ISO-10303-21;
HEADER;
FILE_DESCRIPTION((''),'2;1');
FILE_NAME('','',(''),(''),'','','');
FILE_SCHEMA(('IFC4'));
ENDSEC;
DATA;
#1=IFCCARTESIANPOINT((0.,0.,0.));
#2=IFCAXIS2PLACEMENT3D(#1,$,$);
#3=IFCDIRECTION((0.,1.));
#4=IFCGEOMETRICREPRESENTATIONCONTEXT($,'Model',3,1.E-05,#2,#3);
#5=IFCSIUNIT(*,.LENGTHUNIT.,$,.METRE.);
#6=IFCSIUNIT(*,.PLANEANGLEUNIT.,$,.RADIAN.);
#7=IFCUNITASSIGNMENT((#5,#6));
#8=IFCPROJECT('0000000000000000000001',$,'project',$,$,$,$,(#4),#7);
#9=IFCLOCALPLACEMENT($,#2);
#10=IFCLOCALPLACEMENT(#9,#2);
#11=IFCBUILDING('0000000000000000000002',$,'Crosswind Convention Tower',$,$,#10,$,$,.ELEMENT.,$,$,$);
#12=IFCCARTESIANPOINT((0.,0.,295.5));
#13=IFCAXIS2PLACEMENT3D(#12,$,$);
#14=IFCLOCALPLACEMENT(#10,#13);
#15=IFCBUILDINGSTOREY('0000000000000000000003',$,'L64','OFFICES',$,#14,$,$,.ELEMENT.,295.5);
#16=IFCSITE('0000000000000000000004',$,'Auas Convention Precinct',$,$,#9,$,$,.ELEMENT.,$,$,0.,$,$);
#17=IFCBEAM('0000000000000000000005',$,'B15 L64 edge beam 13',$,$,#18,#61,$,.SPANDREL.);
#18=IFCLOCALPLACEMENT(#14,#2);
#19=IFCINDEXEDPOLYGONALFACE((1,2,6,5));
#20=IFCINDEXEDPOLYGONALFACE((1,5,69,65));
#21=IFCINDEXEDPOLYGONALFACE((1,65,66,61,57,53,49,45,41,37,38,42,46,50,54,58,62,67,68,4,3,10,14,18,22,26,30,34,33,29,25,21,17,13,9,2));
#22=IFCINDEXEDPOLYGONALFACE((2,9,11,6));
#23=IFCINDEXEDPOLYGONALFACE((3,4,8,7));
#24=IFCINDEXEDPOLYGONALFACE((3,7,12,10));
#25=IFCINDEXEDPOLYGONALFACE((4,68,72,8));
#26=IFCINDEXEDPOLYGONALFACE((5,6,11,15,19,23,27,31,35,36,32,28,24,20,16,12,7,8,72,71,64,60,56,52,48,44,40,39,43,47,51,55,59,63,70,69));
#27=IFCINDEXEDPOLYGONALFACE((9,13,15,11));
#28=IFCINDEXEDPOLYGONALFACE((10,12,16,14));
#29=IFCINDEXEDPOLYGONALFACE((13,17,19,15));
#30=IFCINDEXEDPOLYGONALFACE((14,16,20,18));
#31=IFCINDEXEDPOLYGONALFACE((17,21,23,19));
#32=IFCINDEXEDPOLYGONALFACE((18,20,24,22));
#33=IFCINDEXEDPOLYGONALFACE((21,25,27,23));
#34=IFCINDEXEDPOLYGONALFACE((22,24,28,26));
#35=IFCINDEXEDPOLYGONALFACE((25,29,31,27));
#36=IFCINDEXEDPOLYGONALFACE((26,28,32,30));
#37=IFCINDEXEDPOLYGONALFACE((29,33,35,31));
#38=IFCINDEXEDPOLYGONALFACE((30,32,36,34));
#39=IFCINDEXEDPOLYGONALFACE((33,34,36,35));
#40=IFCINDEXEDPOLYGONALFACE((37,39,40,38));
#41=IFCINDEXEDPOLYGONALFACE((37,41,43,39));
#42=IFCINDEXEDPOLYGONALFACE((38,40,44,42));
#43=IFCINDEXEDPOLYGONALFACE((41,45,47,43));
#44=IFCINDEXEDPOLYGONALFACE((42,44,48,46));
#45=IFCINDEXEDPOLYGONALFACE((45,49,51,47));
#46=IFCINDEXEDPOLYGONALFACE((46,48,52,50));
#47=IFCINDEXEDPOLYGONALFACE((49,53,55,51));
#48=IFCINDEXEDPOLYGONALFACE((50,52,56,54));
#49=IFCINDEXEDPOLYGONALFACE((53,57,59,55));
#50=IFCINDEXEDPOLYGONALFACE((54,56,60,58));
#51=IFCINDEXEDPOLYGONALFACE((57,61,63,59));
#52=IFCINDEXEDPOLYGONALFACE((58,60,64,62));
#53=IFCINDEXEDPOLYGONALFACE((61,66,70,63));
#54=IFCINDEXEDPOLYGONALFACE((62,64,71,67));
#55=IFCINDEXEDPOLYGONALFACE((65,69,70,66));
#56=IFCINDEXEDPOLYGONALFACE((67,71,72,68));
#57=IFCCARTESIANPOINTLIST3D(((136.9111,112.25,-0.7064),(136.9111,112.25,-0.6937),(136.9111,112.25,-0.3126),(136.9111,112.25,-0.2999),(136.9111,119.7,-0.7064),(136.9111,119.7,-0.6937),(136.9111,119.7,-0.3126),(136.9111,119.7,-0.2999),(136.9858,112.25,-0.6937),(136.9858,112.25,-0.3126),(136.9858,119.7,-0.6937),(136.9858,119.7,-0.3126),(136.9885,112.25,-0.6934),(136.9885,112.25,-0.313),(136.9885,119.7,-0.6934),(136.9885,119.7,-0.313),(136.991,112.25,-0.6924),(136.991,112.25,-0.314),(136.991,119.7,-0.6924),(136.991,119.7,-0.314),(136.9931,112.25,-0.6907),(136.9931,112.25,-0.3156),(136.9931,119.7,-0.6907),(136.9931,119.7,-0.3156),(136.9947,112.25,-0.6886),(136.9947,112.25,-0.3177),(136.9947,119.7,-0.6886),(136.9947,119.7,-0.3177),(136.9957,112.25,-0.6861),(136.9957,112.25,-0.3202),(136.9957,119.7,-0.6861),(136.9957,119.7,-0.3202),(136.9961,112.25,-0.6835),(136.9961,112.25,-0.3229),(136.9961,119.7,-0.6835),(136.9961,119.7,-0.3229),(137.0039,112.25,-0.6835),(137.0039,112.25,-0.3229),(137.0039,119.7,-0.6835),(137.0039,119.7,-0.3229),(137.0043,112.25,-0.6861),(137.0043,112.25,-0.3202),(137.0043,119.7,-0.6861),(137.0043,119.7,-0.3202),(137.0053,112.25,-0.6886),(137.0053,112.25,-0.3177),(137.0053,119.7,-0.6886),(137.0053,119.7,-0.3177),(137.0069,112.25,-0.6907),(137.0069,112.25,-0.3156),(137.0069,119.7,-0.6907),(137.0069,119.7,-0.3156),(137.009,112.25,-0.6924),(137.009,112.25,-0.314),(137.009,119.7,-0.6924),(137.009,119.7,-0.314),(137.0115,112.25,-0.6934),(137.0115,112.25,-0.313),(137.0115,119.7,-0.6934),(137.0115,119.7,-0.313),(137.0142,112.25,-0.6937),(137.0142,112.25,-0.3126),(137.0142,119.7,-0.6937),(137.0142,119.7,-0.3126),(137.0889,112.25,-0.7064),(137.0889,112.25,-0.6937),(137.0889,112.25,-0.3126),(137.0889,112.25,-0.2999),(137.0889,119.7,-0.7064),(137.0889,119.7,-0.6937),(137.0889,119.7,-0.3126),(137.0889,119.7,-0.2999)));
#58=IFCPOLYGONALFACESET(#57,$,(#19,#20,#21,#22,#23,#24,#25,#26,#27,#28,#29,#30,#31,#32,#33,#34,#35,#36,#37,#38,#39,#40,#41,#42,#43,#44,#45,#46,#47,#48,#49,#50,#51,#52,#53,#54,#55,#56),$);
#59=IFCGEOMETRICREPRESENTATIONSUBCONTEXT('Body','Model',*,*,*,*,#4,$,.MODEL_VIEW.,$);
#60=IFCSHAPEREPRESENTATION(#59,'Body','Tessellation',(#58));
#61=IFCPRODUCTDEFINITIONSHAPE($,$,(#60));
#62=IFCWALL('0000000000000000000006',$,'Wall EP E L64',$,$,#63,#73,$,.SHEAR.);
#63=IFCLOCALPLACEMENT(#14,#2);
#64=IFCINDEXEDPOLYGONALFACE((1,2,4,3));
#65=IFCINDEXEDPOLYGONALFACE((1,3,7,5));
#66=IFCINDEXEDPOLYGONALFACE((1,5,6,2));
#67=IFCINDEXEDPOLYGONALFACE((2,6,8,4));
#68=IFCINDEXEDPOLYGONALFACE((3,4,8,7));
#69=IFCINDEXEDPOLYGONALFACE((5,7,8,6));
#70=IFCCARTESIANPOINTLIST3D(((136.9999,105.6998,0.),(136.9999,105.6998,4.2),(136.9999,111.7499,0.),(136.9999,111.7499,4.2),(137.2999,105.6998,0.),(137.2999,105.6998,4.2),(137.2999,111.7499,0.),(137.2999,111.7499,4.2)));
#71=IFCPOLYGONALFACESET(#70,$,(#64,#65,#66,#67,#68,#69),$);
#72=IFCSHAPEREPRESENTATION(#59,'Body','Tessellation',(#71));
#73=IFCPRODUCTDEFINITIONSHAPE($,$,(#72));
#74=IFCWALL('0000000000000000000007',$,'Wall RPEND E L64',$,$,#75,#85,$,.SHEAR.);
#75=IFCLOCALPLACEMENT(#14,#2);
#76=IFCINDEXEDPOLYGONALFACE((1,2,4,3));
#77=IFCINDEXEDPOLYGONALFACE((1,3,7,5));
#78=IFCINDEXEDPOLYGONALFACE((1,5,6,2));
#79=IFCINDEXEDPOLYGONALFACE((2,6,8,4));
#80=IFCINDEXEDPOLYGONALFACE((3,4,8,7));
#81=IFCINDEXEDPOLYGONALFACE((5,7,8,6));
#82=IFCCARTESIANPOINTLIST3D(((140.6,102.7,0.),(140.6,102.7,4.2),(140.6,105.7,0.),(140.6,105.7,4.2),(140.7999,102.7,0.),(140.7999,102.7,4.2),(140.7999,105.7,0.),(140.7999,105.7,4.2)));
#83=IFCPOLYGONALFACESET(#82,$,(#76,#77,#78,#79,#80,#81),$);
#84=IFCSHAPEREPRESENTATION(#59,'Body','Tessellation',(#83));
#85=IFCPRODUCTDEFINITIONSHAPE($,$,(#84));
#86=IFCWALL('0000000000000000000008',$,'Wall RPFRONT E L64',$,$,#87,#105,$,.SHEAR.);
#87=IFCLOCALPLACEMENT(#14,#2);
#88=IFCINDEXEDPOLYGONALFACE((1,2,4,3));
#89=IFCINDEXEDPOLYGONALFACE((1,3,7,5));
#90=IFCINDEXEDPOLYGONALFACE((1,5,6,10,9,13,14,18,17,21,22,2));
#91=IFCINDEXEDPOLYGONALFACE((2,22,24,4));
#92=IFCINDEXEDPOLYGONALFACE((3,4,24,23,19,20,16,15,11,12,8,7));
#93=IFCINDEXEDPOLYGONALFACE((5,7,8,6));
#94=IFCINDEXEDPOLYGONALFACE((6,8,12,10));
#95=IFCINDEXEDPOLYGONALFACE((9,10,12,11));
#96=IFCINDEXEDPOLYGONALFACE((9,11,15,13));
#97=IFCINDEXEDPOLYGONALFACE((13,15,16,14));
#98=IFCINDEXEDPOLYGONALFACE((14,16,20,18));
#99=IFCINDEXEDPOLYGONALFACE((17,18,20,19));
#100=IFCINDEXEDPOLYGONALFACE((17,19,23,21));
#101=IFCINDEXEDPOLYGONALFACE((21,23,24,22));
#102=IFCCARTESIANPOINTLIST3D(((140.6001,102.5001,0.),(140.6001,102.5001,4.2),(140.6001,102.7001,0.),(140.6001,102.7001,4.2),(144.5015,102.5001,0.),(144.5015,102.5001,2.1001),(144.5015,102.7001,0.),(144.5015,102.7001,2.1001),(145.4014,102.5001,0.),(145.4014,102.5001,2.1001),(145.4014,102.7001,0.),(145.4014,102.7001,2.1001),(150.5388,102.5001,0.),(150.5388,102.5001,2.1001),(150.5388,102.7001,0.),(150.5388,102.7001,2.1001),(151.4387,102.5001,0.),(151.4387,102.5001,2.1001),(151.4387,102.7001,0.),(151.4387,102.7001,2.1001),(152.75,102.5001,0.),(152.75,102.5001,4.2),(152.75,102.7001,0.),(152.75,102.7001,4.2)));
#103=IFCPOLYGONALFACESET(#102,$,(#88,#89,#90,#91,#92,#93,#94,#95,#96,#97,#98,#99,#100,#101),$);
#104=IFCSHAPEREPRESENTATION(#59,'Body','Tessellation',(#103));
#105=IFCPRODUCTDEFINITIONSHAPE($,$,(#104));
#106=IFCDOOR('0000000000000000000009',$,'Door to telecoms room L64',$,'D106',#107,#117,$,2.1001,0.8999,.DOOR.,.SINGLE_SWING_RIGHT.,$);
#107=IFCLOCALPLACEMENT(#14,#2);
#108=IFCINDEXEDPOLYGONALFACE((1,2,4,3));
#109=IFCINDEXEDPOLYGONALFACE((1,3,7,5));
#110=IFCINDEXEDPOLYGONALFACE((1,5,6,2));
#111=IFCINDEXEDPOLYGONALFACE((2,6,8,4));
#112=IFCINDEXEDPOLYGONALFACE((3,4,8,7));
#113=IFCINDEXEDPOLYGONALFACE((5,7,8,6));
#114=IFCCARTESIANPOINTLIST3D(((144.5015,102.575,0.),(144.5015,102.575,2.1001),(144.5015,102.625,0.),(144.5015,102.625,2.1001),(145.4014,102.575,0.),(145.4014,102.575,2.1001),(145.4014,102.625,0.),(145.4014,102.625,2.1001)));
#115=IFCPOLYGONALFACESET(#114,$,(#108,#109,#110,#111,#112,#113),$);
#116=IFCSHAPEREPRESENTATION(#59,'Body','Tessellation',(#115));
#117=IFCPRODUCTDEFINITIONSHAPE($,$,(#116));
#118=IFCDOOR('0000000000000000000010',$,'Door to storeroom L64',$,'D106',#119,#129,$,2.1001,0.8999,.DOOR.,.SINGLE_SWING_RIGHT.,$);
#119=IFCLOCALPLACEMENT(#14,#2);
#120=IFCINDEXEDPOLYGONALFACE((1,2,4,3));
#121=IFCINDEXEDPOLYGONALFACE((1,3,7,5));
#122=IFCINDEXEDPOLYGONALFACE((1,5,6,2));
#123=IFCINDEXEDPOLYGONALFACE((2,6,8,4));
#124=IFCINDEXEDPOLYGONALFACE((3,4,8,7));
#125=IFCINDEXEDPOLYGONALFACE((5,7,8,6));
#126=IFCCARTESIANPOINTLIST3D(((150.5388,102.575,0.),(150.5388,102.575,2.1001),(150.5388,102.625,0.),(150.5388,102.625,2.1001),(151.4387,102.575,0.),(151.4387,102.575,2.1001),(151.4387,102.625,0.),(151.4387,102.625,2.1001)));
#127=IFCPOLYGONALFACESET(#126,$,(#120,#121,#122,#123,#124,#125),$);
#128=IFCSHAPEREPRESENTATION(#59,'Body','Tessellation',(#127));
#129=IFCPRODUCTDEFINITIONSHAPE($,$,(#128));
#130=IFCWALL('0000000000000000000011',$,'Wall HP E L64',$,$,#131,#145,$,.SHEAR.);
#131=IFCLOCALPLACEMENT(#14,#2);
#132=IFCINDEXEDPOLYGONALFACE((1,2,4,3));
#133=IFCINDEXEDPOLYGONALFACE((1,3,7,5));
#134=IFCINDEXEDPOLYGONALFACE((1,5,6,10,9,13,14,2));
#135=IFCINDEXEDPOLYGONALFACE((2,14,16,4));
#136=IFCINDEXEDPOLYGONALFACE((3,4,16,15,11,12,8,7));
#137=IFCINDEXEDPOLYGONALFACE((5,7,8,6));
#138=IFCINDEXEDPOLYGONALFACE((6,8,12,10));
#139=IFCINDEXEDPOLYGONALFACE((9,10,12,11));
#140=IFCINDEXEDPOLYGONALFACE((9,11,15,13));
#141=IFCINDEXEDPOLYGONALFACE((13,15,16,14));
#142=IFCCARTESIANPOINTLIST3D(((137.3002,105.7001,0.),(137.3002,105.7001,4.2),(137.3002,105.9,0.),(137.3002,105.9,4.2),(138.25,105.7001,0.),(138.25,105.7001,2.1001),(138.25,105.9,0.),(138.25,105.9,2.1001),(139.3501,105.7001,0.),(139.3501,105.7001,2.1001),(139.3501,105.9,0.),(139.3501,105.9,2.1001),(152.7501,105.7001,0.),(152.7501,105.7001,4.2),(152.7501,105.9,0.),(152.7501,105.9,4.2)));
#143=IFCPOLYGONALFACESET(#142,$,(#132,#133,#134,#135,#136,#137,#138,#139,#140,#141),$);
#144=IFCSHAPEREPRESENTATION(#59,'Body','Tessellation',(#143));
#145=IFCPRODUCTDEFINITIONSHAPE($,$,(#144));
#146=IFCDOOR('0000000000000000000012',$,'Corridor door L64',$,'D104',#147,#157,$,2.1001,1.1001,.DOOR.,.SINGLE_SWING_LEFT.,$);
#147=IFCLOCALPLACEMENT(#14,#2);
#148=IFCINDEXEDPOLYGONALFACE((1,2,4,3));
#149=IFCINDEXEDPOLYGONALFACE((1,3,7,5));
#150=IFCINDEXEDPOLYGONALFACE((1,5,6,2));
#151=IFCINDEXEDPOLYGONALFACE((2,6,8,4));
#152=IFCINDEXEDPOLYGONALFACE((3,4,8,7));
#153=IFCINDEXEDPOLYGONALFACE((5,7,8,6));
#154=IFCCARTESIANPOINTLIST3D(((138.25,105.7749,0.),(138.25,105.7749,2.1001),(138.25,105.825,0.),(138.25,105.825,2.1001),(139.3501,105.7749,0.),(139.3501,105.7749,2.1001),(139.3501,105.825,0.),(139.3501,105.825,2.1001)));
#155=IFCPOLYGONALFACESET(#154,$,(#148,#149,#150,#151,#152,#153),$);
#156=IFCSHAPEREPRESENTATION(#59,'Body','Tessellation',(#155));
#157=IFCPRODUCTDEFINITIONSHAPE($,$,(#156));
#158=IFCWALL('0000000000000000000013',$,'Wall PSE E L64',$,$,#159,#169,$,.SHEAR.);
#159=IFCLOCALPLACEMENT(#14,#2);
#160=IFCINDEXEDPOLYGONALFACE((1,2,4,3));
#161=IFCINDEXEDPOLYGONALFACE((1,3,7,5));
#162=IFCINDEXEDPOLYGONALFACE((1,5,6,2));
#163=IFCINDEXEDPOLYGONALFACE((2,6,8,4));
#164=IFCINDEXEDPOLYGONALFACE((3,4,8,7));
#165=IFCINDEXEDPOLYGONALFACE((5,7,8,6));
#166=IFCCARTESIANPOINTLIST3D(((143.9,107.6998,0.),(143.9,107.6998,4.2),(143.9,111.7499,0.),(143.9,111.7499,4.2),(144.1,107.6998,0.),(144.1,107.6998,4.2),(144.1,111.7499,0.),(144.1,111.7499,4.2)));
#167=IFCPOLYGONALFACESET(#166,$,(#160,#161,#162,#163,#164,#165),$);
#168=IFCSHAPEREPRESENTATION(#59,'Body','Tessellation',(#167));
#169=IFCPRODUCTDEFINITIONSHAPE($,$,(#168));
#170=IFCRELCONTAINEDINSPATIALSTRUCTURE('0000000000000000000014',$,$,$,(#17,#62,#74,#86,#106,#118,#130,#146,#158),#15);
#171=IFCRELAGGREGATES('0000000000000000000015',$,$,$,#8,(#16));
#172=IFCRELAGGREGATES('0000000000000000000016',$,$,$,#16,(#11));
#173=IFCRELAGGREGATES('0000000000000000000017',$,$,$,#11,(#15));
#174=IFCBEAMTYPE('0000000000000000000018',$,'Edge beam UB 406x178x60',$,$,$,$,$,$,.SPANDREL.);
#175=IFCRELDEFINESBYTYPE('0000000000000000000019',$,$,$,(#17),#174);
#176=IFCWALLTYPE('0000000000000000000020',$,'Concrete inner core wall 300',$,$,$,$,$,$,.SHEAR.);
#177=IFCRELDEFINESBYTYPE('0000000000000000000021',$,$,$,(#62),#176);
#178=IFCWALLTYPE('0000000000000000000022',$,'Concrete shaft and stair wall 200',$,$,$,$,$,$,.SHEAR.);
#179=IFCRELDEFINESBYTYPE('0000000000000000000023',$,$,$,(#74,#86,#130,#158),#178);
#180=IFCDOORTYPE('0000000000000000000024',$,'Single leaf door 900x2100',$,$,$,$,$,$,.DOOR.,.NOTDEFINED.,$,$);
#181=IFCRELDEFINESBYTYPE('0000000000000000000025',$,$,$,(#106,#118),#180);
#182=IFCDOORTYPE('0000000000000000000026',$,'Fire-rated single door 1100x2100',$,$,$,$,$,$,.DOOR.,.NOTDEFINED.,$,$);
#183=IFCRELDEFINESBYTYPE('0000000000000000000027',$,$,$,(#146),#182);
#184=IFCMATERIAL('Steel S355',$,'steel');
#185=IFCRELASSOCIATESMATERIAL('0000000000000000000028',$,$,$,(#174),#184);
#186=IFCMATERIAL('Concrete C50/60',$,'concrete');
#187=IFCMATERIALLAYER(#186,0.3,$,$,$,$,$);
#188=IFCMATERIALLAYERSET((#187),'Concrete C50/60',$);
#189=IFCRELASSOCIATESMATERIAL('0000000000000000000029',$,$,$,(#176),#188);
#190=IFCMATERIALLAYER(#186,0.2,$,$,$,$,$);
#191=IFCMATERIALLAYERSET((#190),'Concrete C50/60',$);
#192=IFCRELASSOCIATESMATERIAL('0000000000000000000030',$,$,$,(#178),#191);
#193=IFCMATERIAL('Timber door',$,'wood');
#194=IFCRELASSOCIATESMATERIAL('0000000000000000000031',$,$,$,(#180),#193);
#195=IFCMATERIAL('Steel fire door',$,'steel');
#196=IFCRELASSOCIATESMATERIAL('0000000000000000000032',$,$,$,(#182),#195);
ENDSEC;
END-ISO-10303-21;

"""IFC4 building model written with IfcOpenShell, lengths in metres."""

from ifc_helpers import new_model, si_unit, direction, frame, frame_2d, origin, origin_2d, place, context, subcontext, project, spatial, rectangle, i_section, extrude, material, layer, layer_set, material_profile, profile_set, type_object, element, fill, save


model = new_model("IFC4")

# Units and contexts
model_context = context("Model", 3, precision=1e-05, world=origin(), true_north=direction((0.0, 1.0)))
body_context = subcontext(model_context, "Body", "Model", "MODEL_VIEW")
ifc_project = project(units=[si_unit("LENGTHUNIT", "METRE"), si_unit("PLANEANGLEUNIT", "RADIAN")], contexts=[model_context])

# Site, building, storey
site_placement = place(None, origin())
site = spatial("IfcSite", under=ifc_project, at=site_placement, Name="Auas Convention Precinct", CompositionType="ELEMENT", RefElevation=0.0)
building_placement = place(site_placement, origin())
building = spatial("IfcBuilding", under=site, at=building_placement, Name="Crosswind Convention Tower", CompositionType="ELEMENT")
storey_placement = place(building_placement, frame((0.0, 0.0, 295.5)))
storey = spatial("IfcBuildingStorey", under=building, at=storey_placement, Name="L64", Description="OFFICES", CompositionType="ELEMENT", Elevation=295.5)

# Beam
ifc_material_1 = material(Name="Steel S355", Category="steel")
ifc_material_profile = material_profile(ifc_material_1, i_section(OverallWidth=0.1777, OverallDepth=0.4065, WebThickness=0.0078, FlangeThickness=0.0127, FilletRadius=0.0103, at=origin_2d()), Name="UB 406x178x60")
ifc_profile_set = profile_set([ifc_material_profile], Name="Steel S355")
beam_type = type_object("IfcBeamType", Name="Edge beam UB 406x178x60", PredefinedType="SPANDREL", material=ifc_profile_set)
beam_placement = place(storey_placement, frame((137.0, 112.25, -0.5032), z_axis=(0.0, 1.0, 0.0), x_axis=(-1.0, 0.0, 0.0)))
element("IfcBeam", 1, at=beam_placement, inside=storey, type_object=beam_type, Name="B15 L64 edge beam 13", PredefinedType="SPANDREL", context=body_context, shape_type="SweptSolid", body=[
    extrude(i_section(OverallWidth=0.1777, OverallDepth=0.4065, WebThickness=0.0078, FlangeThickness=0.0127, FilletRadius=0.0103, at=origin_2d()), origin(), (0.0, 0.0, 1.0), 7.45),
])

# Walls
ifc_material_2 = material(Name="Concrete C50/60", Category="concrete")
ifc_layer_1 = layer(ifc_material_2, 0.3)
ifc_layer_set_1 = layer_set([ifc_layer_1], Name="Concrete C50/60")
wall_type_1 = type_object("IfcWallType", Name="Concrete inner core wall 300", PredefinedType="SHEAR", material=ifc_layer_set_1)
wall_1_placement = place(storey_placement, frame((137.1499, 105.7, 0.0), z_axis=(0.0, 0.0, 1.0), x_axis=(0.0, 1.0, 0.0)))
element("IfcWall", 2, at=wall_1_placement, inside=storey, type_object=wall_type_1, Name="Wall EP E L64", PredefinedType="SHEAR", context=body_context, shape_type="SweptSolid", body=[
    extrude(rectangle(XDim=6.05, YDim=0.3, at=frame_2d((3.0249, 0.0))), origin(), (0.0, 0.0, 1.0), 4.2),
])
ifc_layer_2 = layer(ifc_material_2, 0.2)
ifc_layer_set_2 = layer_set([ifc_layer_2], Name="Concrete C50/60")
wall_type_2 = type_object("IfcWallType", Name="Concrete shaft and stair wall 200", PredefinedType="SHEAR", material=ifc_layer_set_2)
wall_2_placement = place(storey_placement, frame((140.7, 102.7, 0.0), z_axis=(0.0, 0.0, 1.0), x_axis=(0.0, 1.0, 0.0)))
element("IfcWall", 3, at=wall_2_placement, inside=storey, type_object=wall_type_2, Name="Wall RPEND E L64", PredefinedType="SHEAR", context=body_context, shape_type="SweptSolid", body=[
    extrude(rectangle(XDim=3.0, YDim=0.2, at=frame_2d((1.5, 0.0))), origin(), (0.0, 0.0, 1.0), 4.2),
])

# Wall, openings, doors
wall_3_placement = place(storey_placement, frame((140.6001, 102.6001, 0.0), z_axis=(0.0, 0.0, 1.0), x_axis=(1.0, 0.0, 0.0)))
wall_3 = element("IfcWall", 4, at=wall_3_placement, inside=storey, type_object=wall_type_2, Name="Wall RPFRONT E L64", PredefinedType="SHEAR", context=body_context, shape_type="SweptSolid", body=[
    extrude(rectangle(XDim=12.1499, YDim=0.2, at=frame_2d((6.075, 0.0))), origin(), (0.0, 0.0, 1.0), 4.2),
])
opening_1_placement = place(wall_3_placement, frame((3.9014, 0.0, 0.0)))
opening_1 = element("IfcOpeningElement", 5, at=opening_1_placement, cuts=wall_3, PredefinedType="OPENING", context=body_context, shape_type="SweptSolid", body=[
    extrude(rectangle(XDim=0.8999, YDim=2.1001, at=frame_2d((0.45, 1.05))), frame((0.0, 0.1099, 0.0), z_axis=(0.0, -1.0, 0.0), x_axis=(1.0, 0.0, 0.0)), (0.0, 0.0, 1.0), 0.22),
])
opening_2_placement = place(wall_3_placement, frame((9.9387, 0.0, 0.0)))
opening_2 = element("IfcOpeningElement", 6, at=opening_2_placement, cuts=wall_3, PredefinedType="OPENING", context=body_context, shape_type="SweptSolid", body=[
    extrude(rectangle(XDim=0.8999, YDim=2.1001, at=frame_2d((0.45, 1.05))), frame((0.0, 0.1099, 0.0), z_axis=(0.0, -1.0, 0.0), x_axis=(1.0, 0.0, 0.0)), (0.0, 0.0, 1.0), 0.22),
])
ifc_material_3 = material(Name="Timber door", Category="wood")
door_type_1 = type_object("IfcDoorType", Name="Single leaf door 900x2100", OperationType="NOTDEFINED", PredefinedType="DOOR", material=ifc_material_3)
door_1_placement = place(opening_1_placement, origin())
door_1 = element("IfcDoor", 7, at=door_1_placement, inside=storey, type_object=door_type_1, Name="Door to telecoms room L64", ObjectType="D106", OperationType="SINGLE_SWING_RIGHT", OverallHeight=2.1001, OverallWidth=0.8999, PredefinedType="DOOR", context=body_context, shape_type="SweptSolid", body=[
    extrude(rectangle(XDim=0.8999, YDim=2.1001, at=frame_2d((0.45, 1.05))), frame((0.0, 0.0249, 0.0), z_axis=(0.0, -1.0, 0.0), x_axis=(1.0, 0.0, 0.0)), (0.0, 0.0, 1.0), 0.05),
])
fill(opening_1, door_1)
door_2_placement = place(opening_2_placement, origin())
door_2 = element("IfcDoor", 8, at=door_2_placement, inside=storey, type_object=door_type_1, Name="Door to storeroom L64", ObjectType="D106", OperationType="SINGLE_SWING_RIGHT", OverallHeight=2.1001, OverallWidth=0.8999, PredefinedType="DOOR", context=body_context, shape_type="SweptSolid", body=[
    extrude(rectangle(XDim=0.8999, YDim=2.1001, at=frame_2d((0.45, 1.05))), frame((0.0, 0.0249, 0.0), z_axis=(0.0, -1.0, 0.0), x_axis=(1.0, 0.0, 0.0)), (0.0, 0.0, 1.0), 0.05),
])
fill(opening_2, door_2)

# Wall, opening, door
wall_4_placement = place(storey_placement, frame((137.3, 105.8, 0.0), z_axis=(0.0, 0.0, 1.0), x_axis=(1.0, 0.0, 0.0)))
wall_4 = element("IfcWall", 9, at=wall_4_placement, inside=storey, type_object=wall_type_2, Name="Wall HP E L64", PredefinedType="SHEAR", context=body_context, shape_type="SweptSolid", body=[
    extrude(rectangle(XDim=15.45, YDim=0.2, at=frame_2d((7.7251, 0.0))), origin(), (0.0, 0.0, 1.0), 4.2),
])
opening_3_placement = place(wall_4_placement, frame((0.95, 0.0, 0.0)))
opening_3 = element("IfcOpeningElement", 10, at=opening_3_placement, cuts=wall_4, PredefinedType="OPENING", context=body_context, shape_type="SweptSolid", body=[
    extrude(rectangle(XDim=1.1001, YDim=2.1001, at=frame_2d((0.55, 1.05))), frame((0.0, 0.1099, 0.0), z_axis=(0.0, -1.0, 0.0), x_axis=(1.0, 0.0, 0.0)), (0.0, 0.0, 1.0), 0.22),
])
ifc_material_4 = material(Name="Steel fire door", Category="steel")
door_type_2 = type_object("IfcDoorType", Name="Fire-rated single door 1100x2100", OperationType="NOTDEFINED", PredefinedType="DOOR", material=ifc_material_4)
door_3_placement = place(opening_3_placement, origin())
door_3 = element("IfcDoor", 11, at=door_3_placement, inside=storey, type_object=door_type_2, Name="Corridor door L64", ObjectType="D104", OperationType="SINGLE_SWING_LEFT", OverallHeight=2.1001, OverallWidth=1.1001, PredefinedType="DOOR", context=body_context, shape_type="SweptSolid", body=[
    extrude(rectangle(XDim=1.1001, YDim=2.1001, at=frame_2d((0.55, 1.05))), frame((0.0, 0.0249, 0.0), z_axis=(0.0, -1.0, 0.0), x_axis=(1.0, 0.0, 0.0)), (0.0, 0.0, 1.0), 0.05),
])
fill(opening_3, door_3)

# Wall
wall_5_placement = place(storey_placement, frame((144.0, 107.7, 0.0), z_axis=(0.0, 0.0, 1.0), x_axis=(0.0, 1.0, 0.0)))
element("IfcWall", 12, at=wall_5_placement, inside=storey, type_object=wall_type_2, Name="Wall PSE E L64", PredefinedType="SHEAR", context=body_context, shape_type="SweptSolid", body=[
    extrude(rectangle(XDim=4.05, YDim=0.2, at=frame_2d((2.0249, 0.0))), origin(), (0.0, 0.0, 1.0), 4.2),
])

save(model, "model.ifc")
